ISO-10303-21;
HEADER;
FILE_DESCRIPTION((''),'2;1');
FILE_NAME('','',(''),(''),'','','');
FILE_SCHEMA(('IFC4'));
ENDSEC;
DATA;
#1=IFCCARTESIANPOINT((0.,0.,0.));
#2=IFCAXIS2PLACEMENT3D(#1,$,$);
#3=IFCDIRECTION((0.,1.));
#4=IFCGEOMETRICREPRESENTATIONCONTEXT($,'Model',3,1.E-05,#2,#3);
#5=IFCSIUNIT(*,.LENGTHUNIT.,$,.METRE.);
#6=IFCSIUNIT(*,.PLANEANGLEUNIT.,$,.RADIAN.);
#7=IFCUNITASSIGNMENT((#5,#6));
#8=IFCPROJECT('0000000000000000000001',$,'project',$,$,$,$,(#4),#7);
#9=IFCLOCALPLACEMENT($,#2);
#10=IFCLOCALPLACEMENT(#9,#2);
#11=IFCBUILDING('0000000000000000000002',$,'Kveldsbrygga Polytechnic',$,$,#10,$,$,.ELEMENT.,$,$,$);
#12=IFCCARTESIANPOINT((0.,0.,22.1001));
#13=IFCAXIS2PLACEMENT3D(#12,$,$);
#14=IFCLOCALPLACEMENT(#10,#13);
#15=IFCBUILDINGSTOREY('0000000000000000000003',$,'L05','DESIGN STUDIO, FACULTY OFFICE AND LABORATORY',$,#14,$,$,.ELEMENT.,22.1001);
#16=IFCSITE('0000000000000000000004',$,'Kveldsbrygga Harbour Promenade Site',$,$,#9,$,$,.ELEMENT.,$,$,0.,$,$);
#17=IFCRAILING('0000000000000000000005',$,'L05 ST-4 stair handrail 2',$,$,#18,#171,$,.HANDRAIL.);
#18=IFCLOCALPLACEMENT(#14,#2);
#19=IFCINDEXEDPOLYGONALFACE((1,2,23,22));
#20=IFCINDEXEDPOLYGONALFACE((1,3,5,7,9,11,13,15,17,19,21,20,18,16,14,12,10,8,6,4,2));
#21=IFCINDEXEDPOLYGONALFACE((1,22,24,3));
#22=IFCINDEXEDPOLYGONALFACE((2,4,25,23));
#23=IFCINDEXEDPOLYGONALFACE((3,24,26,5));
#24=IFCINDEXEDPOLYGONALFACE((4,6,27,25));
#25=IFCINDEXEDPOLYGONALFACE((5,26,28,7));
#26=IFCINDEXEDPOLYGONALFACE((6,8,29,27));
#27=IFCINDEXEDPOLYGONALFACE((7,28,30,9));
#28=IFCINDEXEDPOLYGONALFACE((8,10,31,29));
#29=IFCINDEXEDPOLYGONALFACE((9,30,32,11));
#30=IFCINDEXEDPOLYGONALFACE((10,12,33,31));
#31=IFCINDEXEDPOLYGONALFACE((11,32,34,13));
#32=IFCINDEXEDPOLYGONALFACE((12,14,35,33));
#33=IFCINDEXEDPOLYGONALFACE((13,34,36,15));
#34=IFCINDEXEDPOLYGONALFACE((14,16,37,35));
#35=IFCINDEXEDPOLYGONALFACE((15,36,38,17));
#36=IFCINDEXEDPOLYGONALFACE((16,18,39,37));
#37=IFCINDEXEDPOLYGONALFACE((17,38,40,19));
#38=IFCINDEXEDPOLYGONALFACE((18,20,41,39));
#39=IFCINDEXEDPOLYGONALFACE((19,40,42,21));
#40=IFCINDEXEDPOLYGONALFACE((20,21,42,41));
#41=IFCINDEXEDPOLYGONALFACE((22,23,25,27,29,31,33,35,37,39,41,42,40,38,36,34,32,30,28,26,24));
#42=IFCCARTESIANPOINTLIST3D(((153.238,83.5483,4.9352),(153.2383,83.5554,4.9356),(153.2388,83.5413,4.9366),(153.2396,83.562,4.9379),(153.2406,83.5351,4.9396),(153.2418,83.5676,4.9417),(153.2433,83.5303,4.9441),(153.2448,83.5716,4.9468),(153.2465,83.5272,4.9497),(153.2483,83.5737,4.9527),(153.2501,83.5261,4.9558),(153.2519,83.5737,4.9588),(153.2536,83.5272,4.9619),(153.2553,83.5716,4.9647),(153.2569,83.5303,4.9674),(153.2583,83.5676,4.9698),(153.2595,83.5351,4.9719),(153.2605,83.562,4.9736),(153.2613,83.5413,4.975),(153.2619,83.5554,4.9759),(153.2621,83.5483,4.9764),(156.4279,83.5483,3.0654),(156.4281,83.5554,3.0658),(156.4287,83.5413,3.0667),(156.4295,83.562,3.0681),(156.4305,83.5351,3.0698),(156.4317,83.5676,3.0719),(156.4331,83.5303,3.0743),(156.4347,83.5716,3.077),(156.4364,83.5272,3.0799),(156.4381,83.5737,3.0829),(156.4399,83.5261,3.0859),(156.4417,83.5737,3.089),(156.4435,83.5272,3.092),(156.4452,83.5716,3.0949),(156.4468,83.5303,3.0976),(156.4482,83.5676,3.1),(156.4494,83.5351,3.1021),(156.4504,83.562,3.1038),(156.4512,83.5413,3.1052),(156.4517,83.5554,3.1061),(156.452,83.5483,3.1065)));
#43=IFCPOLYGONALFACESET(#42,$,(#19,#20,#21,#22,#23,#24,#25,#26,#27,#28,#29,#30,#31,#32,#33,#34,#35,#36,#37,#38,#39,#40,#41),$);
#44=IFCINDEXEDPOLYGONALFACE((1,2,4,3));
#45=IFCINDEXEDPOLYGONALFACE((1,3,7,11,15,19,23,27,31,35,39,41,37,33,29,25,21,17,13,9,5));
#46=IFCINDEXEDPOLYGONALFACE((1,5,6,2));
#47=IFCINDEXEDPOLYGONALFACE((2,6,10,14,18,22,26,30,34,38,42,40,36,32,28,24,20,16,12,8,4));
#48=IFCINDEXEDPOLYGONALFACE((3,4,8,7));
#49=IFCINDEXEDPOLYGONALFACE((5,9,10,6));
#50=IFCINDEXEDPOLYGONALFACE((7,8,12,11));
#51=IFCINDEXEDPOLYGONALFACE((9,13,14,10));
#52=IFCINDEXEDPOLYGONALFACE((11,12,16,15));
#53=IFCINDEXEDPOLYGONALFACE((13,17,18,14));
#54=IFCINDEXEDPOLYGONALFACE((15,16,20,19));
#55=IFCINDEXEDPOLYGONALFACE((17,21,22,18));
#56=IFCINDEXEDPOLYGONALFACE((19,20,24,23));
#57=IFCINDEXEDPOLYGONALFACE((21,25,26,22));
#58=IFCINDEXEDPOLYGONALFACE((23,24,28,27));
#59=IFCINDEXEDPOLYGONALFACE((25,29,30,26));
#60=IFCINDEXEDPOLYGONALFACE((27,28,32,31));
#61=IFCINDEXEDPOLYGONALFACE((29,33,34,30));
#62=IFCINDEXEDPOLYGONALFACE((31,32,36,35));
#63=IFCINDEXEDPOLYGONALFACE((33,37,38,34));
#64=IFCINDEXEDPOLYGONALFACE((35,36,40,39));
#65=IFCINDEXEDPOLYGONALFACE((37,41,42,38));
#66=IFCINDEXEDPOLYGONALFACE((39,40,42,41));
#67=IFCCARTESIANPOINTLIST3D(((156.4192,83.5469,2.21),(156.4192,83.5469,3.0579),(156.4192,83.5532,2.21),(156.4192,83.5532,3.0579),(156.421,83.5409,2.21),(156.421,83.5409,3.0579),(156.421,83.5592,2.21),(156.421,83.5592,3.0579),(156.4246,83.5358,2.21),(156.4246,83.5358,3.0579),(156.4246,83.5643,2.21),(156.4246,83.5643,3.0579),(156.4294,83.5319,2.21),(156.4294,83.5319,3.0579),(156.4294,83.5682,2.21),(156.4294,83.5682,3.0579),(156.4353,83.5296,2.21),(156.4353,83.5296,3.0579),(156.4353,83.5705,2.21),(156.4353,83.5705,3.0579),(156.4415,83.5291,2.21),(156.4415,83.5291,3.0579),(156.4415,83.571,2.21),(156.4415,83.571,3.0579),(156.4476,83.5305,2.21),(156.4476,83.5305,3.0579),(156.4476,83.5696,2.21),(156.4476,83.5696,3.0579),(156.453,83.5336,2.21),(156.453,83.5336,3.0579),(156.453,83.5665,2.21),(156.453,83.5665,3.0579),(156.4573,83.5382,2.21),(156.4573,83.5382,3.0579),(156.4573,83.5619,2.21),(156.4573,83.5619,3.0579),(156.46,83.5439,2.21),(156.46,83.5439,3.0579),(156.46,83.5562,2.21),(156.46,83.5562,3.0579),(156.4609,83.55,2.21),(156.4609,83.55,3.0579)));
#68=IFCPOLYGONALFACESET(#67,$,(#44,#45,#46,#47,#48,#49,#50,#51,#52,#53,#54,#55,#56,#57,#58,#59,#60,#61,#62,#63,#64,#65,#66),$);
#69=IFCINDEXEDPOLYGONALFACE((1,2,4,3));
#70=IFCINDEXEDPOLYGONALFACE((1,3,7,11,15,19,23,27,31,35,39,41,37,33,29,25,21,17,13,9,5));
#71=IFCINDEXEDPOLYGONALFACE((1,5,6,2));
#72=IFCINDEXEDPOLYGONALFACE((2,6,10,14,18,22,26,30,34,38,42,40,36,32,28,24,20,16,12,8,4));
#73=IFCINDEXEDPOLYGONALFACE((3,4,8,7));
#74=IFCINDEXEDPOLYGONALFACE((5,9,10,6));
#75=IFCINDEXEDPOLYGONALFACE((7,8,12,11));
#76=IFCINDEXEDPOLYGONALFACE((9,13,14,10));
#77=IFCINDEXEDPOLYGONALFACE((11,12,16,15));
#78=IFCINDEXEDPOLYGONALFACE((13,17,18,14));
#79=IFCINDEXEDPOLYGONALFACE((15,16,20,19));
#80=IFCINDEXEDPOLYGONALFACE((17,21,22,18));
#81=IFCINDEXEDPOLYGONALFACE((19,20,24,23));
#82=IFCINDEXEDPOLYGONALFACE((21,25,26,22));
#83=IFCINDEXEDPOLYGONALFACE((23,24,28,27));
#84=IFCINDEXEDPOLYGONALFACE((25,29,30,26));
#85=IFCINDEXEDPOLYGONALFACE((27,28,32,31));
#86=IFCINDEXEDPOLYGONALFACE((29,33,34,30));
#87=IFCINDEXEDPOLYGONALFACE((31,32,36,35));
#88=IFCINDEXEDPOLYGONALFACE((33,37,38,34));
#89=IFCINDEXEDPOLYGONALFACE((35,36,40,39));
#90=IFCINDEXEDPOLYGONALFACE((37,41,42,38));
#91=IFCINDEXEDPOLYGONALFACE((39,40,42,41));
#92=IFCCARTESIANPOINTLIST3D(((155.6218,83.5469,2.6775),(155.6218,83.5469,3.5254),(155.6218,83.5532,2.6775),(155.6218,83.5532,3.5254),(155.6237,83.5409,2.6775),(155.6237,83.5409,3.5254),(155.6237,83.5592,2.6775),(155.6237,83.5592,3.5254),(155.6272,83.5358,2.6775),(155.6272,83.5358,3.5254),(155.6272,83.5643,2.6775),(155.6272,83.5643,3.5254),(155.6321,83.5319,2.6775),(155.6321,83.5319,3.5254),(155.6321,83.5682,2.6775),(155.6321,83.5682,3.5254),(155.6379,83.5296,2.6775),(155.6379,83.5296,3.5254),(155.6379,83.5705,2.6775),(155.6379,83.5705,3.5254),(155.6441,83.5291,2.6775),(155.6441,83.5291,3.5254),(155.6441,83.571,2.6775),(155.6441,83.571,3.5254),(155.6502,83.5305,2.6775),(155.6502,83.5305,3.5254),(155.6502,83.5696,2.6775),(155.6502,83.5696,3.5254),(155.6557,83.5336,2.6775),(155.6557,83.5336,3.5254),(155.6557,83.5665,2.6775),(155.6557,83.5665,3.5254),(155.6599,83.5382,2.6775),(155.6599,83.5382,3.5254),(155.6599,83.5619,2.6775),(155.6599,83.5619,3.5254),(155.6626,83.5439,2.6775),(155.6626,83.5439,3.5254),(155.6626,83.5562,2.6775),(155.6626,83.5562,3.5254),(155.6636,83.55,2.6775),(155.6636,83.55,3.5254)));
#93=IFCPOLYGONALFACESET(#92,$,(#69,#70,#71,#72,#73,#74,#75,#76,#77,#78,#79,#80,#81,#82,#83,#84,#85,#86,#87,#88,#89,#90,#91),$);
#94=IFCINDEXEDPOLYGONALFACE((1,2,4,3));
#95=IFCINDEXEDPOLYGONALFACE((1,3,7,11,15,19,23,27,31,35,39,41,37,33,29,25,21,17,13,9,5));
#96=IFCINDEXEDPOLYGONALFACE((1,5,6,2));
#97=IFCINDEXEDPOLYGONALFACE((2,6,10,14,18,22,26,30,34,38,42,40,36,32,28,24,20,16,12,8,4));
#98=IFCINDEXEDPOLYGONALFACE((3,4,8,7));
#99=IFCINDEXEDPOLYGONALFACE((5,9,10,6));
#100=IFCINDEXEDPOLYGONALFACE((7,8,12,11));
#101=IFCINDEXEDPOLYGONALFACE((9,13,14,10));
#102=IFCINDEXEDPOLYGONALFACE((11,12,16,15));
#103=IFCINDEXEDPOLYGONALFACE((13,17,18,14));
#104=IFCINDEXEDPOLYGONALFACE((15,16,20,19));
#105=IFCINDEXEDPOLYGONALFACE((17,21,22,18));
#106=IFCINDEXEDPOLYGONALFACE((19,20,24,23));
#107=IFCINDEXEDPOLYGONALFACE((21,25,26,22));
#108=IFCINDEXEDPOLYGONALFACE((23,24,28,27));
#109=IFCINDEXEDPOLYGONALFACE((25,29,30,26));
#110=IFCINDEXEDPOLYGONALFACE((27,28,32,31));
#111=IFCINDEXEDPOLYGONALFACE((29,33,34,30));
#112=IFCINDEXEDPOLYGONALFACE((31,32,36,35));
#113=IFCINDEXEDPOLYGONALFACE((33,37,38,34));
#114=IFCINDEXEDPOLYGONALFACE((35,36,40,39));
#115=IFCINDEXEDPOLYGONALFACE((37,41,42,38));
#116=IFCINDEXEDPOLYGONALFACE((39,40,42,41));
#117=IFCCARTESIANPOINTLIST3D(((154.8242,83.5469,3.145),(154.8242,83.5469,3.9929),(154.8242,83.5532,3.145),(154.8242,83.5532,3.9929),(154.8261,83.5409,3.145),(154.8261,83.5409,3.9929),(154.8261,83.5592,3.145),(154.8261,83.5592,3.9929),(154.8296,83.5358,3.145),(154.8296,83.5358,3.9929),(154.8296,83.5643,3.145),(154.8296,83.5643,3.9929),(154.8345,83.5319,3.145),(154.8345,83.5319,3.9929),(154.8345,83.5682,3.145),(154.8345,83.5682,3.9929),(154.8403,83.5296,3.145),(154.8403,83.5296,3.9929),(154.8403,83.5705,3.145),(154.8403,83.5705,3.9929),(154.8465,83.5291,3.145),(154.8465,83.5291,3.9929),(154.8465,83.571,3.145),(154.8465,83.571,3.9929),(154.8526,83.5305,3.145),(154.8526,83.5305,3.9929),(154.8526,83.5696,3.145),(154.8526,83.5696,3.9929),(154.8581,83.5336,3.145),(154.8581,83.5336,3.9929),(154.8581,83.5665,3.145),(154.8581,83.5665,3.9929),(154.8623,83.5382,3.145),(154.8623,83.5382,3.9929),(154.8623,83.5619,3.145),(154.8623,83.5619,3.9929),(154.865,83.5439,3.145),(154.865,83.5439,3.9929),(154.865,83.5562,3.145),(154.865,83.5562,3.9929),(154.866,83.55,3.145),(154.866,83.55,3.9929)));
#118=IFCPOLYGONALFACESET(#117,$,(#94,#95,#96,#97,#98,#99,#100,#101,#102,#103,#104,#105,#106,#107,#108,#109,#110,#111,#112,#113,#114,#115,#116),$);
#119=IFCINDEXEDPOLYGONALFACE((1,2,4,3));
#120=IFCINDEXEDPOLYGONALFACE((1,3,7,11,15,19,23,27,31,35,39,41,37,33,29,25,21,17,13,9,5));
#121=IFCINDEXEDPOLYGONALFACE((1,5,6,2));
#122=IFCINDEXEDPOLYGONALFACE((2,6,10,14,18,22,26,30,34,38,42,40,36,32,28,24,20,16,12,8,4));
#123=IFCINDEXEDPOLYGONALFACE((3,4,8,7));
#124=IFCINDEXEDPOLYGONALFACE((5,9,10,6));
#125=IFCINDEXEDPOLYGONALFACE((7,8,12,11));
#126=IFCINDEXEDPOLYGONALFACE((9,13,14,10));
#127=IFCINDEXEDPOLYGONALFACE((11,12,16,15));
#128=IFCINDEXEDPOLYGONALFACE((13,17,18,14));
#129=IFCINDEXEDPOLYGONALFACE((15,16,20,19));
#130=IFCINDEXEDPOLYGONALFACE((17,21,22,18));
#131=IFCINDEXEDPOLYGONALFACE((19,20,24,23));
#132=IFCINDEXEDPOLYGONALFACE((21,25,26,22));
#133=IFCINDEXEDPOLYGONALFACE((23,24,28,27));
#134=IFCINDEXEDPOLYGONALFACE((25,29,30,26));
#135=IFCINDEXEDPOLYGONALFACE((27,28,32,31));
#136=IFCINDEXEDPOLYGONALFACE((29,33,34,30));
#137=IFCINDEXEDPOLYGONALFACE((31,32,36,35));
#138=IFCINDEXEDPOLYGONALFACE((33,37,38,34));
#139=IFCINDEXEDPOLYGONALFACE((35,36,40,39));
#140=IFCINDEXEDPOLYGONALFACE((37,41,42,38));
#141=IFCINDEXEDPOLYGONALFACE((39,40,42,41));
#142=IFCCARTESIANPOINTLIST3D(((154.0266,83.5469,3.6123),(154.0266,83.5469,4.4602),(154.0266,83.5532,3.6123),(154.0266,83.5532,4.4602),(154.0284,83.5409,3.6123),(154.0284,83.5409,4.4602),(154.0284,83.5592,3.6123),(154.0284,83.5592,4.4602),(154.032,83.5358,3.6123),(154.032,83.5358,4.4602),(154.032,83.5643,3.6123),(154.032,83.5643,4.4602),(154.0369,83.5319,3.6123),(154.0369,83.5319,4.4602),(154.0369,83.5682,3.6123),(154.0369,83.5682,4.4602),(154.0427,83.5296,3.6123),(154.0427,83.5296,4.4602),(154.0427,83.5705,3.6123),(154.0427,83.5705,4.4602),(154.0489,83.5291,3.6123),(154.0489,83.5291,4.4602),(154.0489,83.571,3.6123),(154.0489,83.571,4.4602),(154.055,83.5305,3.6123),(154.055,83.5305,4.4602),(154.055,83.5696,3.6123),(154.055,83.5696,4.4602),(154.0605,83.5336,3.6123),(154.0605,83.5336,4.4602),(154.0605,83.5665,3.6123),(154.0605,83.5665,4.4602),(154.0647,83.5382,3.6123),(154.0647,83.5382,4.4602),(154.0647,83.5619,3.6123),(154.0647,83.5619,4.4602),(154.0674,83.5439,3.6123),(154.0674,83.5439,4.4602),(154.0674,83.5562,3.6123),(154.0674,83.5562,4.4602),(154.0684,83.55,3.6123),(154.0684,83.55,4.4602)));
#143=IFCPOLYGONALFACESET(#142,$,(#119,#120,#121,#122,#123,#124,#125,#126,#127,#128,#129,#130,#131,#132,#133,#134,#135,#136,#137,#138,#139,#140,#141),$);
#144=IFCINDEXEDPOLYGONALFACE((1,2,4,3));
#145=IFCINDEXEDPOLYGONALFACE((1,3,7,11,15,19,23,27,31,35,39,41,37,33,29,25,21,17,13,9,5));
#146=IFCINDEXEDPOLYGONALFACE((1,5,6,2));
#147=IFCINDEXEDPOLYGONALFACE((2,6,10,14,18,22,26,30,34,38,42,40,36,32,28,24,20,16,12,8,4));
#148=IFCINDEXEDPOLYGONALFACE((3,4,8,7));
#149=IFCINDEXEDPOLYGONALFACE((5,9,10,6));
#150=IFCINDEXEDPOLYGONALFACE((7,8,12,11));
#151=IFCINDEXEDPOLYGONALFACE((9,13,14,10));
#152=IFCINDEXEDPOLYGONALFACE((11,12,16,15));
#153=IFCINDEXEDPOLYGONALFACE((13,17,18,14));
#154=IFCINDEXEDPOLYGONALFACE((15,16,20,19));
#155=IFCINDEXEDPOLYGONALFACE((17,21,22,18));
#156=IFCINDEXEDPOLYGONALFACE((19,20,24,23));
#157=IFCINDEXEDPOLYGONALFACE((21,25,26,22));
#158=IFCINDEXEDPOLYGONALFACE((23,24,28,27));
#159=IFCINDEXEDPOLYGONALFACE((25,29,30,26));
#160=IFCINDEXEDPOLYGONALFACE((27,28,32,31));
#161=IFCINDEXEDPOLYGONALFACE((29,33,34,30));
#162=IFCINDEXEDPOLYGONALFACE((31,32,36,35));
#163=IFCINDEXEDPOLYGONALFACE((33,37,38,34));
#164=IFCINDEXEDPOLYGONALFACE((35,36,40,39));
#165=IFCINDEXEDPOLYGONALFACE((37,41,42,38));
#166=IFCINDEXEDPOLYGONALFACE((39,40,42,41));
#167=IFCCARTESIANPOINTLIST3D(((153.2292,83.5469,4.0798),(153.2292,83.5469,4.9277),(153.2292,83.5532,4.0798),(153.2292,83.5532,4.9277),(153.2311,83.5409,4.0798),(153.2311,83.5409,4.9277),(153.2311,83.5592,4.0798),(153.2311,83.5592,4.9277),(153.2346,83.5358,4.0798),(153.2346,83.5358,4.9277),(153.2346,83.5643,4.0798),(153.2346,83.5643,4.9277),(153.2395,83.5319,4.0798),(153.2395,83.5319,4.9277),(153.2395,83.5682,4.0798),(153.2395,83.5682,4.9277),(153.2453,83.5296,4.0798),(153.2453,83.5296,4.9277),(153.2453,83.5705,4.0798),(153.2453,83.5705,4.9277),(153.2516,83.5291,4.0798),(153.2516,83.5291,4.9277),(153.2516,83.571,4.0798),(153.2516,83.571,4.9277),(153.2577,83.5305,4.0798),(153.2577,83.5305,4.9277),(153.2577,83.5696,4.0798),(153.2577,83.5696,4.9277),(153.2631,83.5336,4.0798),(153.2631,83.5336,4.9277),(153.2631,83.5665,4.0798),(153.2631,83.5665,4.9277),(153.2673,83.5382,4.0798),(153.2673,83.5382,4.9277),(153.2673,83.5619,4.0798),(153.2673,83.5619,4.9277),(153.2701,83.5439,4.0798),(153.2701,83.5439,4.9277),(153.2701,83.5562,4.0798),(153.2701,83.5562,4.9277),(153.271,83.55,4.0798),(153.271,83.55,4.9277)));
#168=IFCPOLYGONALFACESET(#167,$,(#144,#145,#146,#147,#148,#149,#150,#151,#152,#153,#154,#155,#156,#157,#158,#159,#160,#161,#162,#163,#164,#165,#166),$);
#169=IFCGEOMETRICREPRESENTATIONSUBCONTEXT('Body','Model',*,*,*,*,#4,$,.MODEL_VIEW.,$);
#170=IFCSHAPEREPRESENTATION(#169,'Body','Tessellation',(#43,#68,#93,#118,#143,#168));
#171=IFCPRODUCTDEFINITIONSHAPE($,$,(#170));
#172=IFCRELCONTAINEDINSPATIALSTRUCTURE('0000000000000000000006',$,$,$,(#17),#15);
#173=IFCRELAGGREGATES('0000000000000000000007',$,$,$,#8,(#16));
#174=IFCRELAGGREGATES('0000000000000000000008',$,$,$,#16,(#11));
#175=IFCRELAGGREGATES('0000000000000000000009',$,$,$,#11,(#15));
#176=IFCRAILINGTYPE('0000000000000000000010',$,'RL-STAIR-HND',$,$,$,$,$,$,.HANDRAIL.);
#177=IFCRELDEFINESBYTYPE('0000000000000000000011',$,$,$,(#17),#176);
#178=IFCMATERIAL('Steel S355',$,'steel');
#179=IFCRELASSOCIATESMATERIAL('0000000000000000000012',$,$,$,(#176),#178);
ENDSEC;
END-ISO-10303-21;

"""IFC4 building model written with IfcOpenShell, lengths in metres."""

from ifc_helpers import new_model, si_unit, direction, frame, origin, origin_2d, place, context, subcontext, project, spatial, circle, extrude, material, type_object, element, save


model = new_model("IFC4")

# Units and contexts
model_context = context("Model", 3, precision=1e-05, world=origin(), true_north=direction((0.0, 1.0)))
body_context = subcontext(model_context, "Body", "Model", "MODEL_VIEW")
ifc_project = project(units=[si_unit("LENGTHUNIT", "METRE"), si_unit("PLANEANGLEUNIT", "RADIAN")], contexts=[model_context])

# Site, building, storey
site_placement = place(None, origin())
site = spatial("IfcSite", under=ifc_project, at=site_placement, Name="Kveldsbrygga Harbour Promenade Site", CompositionType="ELEMENT", RefElevation=0.0)
building_placement = place(site_placement, origin())
building = spatial("IfcBuilding", under=site, at=building_placement, Name="Kveldsbrygga Polytechnic", CompositionType="ELEMENT")
storey_placement = place(building_placement, frame((0.0, 0.0, 22.1001)))
storey = spatial("IfcBuildingStorey", under=building, at=storey_placement, Name="L05", Description="DESIGN STUDIO, FACULTY OFFICE AND LABORATORY", CompositionType="ELEMENT", Elevation=22.1001)

# Shared definitions
ifc_material_1 = material(Name="Steel S355", Category="steel")

# Railing
railing_type_1 = type_object("IfcRailingType", Name="RL-STAIR-HND", PredefinedType="HANDRAIL", material=ifc_material_1)
railing_1_placement = place(storey_placement, frame((156.4399, 83.55, 2.21)))
element("IfcRailing", 1, at=railing_1_placement, inside=storey, type_object=railing_type_1, Name="L05 ST-4 stair handrail 2", PredefinedType="HANDRAIL", context=body_context, shape_type="SweptSolid", body=[
    extrude(circle(Radius=0.0239, at=origin_2d()), frame((0.0, 0.0, 0.876), z_axis=(-0.862709, 0.0, 0.505701), x_axis=(0.0, -1.0, 0.0)), (0.0, 0.0, 1.0), 3.6975),
    extrude(circle(Radius=0.021, at=origin_2d()), origin(), (0.0, 0.0, 1.0), 0.8479),
    extrude(circle(Radius=0.021, at=origin_2d()), frame((-0.7974, 0.0, 0.4675)), (0.0, 0.0, 1.0), 0.8479),
    extrude(circle(Radius=0.021, at=origin_2d()), frame((-1.595, 0.0, 0.9351)), (0.0, 0.0, 1.0), 0.8479),
    extrude(circle(Radius=0.021, at=origin_2d()), frame((-2.3926, 0.0, 1.4023)), (0.0, 0.0, 1.0), 0.8479),
    extrude(circle(Radius=0.021, at=origin_2d()), frame((-3.1899, 0.0, 1.8699)), (0.0, 0.0, 1.0), 0.8479),
])

save(model, "model.ifc")
